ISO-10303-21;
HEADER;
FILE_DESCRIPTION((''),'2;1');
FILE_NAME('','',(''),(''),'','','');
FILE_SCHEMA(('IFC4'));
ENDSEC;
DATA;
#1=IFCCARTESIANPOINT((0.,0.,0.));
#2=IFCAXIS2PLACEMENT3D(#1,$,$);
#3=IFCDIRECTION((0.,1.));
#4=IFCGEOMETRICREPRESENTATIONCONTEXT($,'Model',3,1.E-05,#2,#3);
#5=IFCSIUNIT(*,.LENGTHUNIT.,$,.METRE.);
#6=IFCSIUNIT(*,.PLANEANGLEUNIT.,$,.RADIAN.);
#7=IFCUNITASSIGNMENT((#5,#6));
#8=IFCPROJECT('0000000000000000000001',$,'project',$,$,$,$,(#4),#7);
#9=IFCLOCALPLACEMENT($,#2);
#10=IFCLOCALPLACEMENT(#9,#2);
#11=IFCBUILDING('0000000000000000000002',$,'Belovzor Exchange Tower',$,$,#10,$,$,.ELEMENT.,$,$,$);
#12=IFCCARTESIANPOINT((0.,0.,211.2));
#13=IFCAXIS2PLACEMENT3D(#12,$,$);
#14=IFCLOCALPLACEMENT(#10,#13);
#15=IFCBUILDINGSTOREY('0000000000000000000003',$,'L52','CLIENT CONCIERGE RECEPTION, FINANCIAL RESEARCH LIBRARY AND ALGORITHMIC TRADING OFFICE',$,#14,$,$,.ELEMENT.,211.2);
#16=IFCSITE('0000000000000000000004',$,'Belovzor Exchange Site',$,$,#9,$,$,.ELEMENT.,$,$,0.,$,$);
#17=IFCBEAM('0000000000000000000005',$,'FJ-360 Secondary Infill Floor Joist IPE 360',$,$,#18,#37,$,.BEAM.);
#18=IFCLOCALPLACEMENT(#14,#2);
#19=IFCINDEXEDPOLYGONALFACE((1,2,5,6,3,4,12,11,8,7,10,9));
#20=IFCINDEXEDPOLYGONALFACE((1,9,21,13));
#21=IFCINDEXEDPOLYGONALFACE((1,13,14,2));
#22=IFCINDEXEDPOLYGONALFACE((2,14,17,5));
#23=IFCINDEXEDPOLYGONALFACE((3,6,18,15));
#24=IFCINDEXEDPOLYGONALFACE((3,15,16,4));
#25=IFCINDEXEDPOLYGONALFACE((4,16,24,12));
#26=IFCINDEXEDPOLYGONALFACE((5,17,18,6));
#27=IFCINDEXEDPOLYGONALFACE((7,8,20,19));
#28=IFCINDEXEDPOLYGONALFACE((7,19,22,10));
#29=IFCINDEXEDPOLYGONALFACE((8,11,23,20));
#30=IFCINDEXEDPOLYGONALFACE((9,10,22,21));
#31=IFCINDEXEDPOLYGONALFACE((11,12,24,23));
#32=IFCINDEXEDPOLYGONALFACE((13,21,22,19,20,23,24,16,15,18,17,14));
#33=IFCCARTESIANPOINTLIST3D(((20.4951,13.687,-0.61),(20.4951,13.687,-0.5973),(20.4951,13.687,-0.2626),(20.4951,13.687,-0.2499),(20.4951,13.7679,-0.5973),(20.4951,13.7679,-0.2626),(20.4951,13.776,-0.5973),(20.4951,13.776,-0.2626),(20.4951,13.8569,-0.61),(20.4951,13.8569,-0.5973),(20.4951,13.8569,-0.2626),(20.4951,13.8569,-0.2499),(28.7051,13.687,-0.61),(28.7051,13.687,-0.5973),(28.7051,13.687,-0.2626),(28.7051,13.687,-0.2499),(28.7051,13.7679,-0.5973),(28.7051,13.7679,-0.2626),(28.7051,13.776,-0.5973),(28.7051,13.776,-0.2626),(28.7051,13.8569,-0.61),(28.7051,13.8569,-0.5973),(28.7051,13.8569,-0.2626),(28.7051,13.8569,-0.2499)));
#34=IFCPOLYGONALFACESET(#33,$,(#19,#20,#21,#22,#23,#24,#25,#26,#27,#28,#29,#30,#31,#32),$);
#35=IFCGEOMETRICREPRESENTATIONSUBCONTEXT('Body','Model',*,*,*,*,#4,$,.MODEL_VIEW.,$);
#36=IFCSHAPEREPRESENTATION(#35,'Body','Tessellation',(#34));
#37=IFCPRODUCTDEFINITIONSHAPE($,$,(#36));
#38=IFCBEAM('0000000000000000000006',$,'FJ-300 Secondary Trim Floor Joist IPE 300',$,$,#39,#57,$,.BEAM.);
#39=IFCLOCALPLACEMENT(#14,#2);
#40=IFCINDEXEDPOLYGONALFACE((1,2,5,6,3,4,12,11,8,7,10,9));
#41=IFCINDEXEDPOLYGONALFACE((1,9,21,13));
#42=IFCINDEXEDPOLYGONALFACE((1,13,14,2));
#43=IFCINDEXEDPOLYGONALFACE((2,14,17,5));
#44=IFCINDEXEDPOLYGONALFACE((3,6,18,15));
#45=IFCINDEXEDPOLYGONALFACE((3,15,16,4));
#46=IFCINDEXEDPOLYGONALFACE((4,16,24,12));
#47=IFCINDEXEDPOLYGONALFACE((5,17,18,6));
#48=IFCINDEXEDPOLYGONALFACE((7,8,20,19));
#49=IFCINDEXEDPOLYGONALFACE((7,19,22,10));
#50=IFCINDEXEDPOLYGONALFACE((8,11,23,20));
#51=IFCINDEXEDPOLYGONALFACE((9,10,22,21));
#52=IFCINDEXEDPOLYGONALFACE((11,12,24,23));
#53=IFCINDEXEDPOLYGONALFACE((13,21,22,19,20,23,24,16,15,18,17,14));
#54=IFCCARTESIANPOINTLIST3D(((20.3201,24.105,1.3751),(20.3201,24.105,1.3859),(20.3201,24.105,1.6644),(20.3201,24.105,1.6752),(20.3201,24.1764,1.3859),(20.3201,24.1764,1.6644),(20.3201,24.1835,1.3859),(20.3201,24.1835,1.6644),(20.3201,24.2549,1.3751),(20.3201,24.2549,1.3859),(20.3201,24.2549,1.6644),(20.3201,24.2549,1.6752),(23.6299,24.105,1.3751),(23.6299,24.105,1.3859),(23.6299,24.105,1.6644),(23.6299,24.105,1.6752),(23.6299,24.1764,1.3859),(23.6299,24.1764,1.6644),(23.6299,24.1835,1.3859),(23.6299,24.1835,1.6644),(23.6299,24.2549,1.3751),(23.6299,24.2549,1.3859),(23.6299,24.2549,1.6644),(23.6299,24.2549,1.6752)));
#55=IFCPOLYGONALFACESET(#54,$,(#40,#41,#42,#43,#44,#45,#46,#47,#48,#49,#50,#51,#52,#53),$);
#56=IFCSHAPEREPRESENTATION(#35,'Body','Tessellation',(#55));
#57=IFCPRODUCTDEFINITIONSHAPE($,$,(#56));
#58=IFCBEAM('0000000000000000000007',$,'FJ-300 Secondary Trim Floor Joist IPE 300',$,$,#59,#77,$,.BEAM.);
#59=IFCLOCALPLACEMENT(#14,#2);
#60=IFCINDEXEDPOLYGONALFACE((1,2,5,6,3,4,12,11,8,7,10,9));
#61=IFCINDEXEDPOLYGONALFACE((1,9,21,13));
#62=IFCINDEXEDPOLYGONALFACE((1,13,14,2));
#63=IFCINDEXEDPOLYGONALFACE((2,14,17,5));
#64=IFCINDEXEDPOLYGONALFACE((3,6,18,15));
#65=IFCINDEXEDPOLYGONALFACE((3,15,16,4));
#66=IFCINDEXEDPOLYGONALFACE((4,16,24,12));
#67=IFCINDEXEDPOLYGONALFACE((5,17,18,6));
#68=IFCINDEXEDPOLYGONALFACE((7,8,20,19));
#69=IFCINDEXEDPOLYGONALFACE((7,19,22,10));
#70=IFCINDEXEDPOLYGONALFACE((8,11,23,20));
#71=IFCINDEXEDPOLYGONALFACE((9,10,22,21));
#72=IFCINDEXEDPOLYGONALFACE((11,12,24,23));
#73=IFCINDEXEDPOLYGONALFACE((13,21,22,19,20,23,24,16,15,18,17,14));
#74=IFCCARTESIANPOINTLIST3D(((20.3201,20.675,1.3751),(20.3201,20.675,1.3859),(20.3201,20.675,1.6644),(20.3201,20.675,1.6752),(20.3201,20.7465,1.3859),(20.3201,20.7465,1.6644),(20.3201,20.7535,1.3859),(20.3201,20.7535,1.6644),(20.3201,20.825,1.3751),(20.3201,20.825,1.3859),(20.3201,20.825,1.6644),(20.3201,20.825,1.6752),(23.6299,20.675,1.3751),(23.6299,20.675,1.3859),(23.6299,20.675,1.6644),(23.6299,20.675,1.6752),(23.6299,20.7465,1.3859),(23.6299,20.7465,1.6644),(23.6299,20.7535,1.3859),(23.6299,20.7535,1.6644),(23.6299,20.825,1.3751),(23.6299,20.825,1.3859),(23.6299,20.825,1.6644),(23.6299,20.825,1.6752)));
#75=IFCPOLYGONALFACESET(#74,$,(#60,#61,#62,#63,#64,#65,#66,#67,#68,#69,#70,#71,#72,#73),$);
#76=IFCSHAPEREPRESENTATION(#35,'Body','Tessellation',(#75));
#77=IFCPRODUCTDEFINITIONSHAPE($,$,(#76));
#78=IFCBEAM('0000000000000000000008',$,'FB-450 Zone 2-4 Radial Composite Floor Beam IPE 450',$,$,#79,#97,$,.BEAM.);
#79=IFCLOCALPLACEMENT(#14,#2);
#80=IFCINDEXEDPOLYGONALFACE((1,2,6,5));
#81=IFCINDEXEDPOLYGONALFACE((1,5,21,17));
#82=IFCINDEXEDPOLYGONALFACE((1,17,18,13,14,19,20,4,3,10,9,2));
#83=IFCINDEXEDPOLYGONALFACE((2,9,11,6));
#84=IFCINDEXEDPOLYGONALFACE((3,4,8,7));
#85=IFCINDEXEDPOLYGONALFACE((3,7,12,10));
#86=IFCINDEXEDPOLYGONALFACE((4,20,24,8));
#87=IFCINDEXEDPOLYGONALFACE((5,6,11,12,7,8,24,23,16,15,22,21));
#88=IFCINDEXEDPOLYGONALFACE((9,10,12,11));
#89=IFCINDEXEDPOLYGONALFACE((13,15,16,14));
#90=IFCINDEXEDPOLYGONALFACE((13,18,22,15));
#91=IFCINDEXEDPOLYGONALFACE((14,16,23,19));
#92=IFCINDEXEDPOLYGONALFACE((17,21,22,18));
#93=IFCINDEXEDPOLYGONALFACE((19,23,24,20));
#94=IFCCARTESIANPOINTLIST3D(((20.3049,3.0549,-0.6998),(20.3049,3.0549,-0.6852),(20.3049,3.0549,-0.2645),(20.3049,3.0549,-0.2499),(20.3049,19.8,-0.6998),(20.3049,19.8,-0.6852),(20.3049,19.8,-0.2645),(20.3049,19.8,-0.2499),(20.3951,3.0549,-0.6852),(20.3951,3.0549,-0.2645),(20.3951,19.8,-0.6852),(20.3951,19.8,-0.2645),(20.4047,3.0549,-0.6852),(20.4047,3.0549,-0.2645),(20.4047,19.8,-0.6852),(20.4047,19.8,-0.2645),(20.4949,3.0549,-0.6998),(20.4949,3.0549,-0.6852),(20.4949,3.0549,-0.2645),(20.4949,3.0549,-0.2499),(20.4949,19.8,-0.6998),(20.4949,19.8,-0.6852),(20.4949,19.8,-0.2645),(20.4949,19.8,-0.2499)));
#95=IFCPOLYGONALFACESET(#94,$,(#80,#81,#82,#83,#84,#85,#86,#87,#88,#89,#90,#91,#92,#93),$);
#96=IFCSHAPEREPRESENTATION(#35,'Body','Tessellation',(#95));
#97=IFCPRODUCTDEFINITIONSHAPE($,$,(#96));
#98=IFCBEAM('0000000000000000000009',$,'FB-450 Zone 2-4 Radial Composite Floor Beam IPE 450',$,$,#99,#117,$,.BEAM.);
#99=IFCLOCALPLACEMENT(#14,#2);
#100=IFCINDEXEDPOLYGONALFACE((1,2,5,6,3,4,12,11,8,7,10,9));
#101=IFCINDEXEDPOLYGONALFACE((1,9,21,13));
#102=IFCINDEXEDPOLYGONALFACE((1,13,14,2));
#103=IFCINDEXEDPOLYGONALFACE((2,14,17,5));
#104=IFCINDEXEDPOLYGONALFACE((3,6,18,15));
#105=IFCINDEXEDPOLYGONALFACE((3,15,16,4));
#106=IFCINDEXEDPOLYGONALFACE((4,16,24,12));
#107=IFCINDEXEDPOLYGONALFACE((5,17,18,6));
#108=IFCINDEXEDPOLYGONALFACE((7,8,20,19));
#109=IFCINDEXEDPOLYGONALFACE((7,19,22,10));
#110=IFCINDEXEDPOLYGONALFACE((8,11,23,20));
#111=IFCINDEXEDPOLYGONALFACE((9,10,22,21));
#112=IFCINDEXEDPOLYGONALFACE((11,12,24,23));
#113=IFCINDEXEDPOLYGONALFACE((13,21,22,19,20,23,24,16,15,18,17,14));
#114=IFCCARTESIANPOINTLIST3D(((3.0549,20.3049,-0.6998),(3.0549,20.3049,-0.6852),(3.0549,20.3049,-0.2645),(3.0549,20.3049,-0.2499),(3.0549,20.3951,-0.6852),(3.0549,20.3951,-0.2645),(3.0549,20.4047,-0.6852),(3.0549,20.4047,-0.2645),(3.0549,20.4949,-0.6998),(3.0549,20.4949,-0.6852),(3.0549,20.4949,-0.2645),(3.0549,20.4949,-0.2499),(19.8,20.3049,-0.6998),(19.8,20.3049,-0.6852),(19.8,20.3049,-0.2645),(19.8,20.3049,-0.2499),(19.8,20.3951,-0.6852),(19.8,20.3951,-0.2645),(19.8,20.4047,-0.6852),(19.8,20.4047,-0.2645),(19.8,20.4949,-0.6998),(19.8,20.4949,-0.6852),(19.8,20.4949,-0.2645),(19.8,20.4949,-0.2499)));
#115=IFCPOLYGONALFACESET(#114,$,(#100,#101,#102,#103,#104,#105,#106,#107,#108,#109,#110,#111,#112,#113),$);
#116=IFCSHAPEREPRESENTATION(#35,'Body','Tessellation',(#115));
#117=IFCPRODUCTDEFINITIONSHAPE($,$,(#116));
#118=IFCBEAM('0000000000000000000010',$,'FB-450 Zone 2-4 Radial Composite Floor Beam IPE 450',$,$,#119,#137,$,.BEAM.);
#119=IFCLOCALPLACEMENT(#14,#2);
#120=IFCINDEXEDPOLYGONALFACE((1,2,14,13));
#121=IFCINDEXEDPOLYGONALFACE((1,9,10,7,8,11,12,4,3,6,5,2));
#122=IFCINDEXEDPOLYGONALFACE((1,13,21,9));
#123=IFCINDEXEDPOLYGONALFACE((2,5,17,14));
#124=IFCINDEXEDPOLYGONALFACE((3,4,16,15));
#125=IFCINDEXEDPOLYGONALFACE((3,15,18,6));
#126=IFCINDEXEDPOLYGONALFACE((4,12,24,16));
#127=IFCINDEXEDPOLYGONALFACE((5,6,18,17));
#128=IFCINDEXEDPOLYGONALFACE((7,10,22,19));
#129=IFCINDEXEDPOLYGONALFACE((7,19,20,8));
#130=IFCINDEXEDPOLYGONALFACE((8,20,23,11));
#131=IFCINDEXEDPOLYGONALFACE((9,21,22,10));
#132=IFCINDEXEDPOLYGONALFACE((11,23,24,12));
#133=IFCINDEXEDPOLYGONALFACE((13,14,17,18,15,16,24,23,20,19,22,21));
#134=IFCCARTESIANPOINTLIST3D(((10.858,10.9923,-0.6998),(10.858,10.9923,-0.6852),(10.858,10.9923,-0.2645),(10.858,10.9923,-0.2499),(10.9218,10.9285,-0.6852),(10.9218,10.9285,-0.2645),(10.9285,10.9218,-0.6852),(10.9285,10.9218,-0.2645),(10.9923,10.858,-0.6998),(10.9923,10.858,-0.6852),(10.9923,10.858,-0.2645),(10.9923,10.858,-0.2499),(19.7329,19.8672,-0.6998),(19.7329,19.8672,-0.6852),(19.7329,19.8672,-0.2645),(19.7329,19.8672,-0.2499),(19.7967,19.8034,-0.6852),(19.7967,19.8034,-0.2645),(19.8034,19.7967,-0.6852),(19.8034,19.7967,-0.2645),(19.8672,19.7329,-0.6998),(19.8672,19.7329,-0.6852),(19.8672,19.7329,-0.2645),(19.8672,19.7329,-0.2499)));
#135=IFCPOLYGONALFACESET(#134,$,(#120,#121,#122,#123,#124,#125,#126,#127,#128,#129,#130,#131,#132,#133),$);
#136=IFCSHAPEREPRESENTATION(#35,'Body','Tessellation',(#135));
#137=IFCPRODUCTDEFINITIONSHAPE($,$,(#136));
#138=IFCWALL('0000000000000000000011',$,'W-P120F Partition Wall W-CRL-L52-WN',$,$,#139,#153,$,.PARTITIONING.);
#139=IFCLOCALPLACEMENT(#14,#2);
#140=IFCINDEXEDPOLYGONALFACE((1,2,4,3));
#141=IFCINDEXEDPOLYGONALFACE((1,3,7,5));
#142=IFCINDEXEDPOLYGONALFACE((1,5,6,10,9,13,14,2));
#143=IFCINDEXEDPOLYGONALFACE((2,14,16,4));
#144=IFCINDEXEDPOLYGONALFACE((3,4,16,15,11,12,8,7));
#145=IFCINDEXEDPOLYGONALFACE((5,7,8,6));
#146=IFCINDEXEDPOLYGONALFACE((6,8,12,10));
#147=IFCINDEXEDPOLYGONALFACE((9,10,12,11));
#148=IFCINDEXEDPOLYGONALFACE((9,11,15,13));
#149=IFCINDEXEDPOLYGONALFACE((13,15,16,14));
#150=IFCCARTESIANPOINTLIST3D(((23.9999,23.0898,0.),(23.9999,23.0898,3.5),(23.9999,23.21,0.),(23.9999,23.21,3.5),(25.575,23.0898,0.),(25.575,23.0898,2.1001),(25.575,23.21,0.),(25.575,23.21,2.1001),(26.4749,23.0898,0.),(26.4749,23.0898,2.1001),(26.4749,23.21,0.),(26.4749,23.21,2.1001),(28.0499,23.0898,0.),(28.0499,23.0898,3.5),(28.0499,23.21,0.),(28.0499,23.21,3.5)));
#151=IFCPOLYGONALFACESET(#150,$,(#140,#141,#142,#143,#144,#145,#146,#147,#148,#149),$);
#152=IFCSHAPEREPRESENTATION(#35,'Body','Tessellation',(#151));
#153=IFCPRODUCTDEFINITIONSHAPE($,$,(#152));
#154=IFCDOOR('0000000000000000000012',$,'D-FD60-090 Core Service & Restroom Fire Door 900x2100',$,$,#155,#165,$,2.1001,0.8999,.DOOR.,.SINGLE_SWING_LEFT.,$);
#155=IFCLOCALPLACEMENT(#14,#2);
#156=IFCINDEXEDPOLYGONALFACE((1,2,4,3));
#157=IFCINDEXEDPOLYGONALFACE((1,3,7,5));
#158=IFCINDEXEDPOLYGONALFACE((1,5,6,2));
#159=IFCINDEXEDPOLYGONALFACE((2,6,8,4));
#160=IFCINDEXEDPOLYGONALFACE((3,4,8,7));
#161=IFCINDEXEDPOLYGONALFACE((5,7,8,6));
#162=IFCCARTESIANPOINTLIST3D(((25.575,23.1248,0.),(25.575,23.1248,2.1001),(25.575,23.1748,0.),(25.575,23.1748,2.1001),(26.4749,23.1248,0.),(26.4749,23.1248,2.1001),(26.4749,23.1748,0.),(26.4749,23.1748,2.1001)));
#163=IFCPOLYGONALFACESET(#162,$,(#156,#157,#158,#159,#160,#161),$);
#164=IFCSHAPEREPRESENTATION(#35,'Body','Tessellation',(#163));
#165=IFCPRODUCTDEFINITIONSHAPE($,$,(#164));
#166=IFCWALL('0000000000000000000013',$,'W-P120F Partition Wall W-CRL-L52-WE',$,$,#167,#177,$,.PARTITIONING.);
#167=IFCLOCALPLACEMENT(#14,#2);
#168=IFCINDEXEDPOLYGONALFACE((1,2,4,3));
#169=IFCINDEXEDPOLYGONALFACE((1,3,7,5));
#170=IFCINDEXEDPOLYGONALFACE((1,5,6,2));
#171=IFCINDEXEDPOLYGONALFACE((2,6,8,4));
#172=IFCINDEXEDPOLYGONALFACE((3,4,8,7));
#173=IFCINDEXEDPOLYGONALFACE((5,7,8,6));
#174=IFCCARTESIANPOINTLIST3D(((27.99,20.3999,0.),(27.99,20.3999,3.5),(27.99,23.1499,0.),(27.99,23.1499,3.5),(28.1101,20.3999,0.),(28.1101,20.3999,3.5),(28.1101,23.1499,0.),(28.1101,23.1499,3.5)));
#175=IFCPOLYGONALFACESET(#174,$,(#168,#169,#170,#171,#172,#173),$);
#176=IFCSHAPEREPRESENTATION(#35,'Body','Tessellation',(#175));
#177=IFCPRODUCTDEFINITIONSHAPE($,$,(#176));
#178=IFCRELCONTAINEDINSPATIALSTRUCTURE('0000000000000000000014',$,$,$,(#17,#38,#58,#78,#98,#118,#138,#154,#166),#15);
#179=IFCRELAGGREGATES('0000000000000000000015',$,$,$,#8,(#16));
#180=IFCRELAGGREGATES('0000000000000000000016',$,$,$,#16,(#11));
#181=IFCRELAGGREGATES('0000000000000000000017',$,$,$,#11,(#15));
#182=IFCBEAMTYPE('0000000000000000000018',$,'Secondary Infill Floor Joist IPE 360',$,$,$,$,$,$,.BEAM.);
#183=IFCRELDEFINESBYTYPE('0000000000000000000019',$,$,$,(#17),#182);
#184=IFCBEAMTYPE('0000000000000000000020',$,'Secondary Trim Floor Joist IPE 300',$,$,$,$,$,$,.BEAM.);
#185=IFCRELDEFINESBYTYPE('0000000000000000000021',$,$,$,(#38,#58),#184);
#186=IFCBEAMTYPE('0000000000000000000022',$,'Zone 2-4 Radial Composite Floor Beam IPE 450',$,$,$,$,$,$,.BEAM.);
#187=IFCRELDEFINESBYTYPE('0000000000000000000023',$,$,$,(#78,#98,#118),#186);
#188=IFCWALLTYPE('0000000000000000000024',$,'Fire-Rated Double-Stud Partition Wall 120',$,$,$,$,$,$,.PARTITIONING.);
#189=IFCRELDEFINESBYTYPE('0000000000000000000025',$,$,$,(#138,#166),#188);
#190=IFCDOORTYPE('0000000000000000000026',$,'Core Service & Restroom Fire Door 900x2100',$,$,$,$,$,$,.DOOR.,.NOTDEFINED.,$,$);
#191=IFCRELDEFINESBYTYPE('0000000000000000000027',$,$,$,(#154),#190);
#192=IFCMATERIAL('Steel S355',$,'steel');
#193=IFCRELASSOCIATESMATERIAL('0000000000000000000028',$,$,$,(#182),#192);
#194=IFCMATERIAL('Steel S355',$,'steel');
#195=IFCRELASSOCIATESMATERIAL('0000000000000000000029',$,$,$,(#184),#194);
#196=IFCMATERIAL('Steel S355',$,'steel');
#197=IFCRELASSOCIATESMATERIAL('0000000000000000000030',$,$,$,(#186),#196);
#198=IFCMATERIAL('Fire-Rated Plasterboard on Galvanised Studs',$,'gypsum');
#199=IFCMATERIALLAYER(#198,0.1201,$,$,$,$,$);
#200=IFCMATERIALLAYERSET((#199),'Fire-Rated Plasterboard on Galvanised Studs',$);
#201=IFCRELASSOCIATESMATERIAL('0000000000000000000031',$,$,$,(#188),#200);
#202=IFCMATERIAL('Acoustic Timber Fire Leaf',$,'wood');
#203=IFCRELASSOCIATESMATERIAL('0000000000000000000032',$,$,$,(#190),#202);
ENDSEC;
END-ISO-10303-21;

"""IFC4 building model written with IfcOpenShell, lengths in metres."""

from ifc_helpers import new_model, si_unit, direction, frame, frame_2d, origin, origin_2d, place, context, subcontext, project, spatial, rectangle, i_section, extrude, material, layer, layer_set, material_profile, profile_set, type_object, element, fill, save


model = new_model("IFC4")

# Units and contexts
model_context = context("Model", 3, precision=1e-05, world=origin(), true_north=direction((0.0, 1.0)))
body_context = subcontext(model_context, "Body", "Model", "MODEL_VIEW")
ifc_project = project(units=[si_unit("LENGTHUNIT", "METRE"), si_unit("PLANEANGLEUNIT", "RADIAN")], contexts=[model_context])

# Site, building, storey
site_placement = place(None, origin())
site = spatial("IfcSite", under=ifc_project, at=site_placement, Name="Belovzor Exchange Site", CompositionType="ELEMENT", RefElevation=0.0)
building_placement = place(site_placement, origin())
building = spatial("IfcBuilding", under=site, at=building_placement, Name="Belovzor Exchange Tower", CompositionType="ELEMENT")
storey_placement = place(building_placement, frame((0.0, 0.0, 211.2)))
storey = spatial("IfcBuildingStorey", under=building, at=storey_placement, Name="L52", Description="CLIENT CONCIERGE RECEPTION, FINANCIAL RESEARCH LIBRARY AND ALGORITHMIC TRADING OFFICE", CompositionType="ELEMENT", Elevation=211.2)

# Beams
ifc_material_1 = material(Name="Steel S355", Category="steel")
ifc_material_profile_1 = material_profile(ifc_material_1, i_section(OverallWidth=0.1699, OverallDepth=0.3601, WebThickness=0.0081, FlangeThickness=0.0127, at=origin_2d()))
ifc_profile_set_1 = profile_set([ifc_material_profile_1], Name="Steel S355")
beam_type_1 = type_object("IfcBeamType", Name="Secondary Infill Floor Joist IPE 360", PredefinedType="BEAM", material=ifc_profile_set_1)
beam_1_placement = place(storey_placement, frame((20.4951, 13.772, -0.4299), z_axis=(1.0, 0.0, 0.0), x_axis=(0.0, 1.0, 0.0)))
element("IfcBeam", 1, at=beam_1_placement, inside=storey, type_object=beam_type_1, Name="FJ-360 Secondary Infill Floor Joist IPE 360", PredefinedType="BEAM", context=body_context, shape_type="SweptSolid", body=[
    extrude(i_section(OverallWidth=0.1699, OverallDepth=0.3601, WebThickness=0.0081, FlangeThickness=0.0127, at=origin_2d()), origin(), (0.0, 0.0, 1.0), 8.21),
])
ifc_material_2 = material(Name="Steel S355", Category="steel")
ifc_material_profile_2 = material_profile(ifc_material_2, i_section(OverallWidth=0.1499, OverallDepth=0.3, WebThickness=0.0071, FlangeThickness=0.0107, at=origin_2d()))
ifc_profile_set_2 = profile_set([ifc_material_profile_2], Name="Steel S355")
beam_type_2 = type_object("IfcBeamType", Name="Secondary Trim Floor Joist IPE 300", PredefinedType="BEAM", material=ifc_profile_set_2)
for number, where, z_axis, x_axis, name in (
    (2, (20.3201, 24.1799, 1.5251), (1.0, 0.0, 0.0), (0.0, 1.0, 0.0), "FJ-300 Secondary Trim Floor Joist IPE 300"),
    (3, (20.3201, 20.75, 1.5251), (1.0, 0.0, 0.0), (0.0, 1.0, 0.0), "FJ-300 Secondary Trim Floor Joist IPE 300"),
):
    element("IfcBeam", number, at=place(storey_placement, frame(where, z_axis=z_axis, x_axis=x_axis)), inside=storey, type_object=beam_type_2, Name=name, PredefinedType="BEAM", context=body_context, shape_type="SweptSolid", body=[
        extrude(i_section(OverallWidth=0.1499, OverallDepth=0.3, WebThickness=0.0071, FlangeThickness=0.0107, at=origin_2d()), origin(), (0.0, 0.0, 1.0), 3.3098),
    ])
ifc_material_3 = material(Name="Steel S355", Category="steel")
ifc_material_profile_3 = material_profile(ifc_material_3, i_section(OverallWidth=0.1899, OverallDepth=0.45, WebThickness=0.0095, FlangeThickness=0.0146, at=origin_2d()))
ifc_profile_set_3 = profile_set([ifc_material_profile_3], Name="Steel S355")
beam_type_3 = type_object("IfcBeamType", Name="Zone 2-4 Radial Composite Floor Beam IPE 450", PredefinedType="BEAM", material=ifc_profile_set_3)
for number, where, z_axis, x_axis, name in (
    (4, (20.3999, 19.8, -0.4749), (0.0, -1.0, 0.0), (1.0, 0.0, 0.0), "FB-450 Zone 2-4 Radial Composite Floor Beam IPE 450"),
    (5, (19.8, 20.3999, -0.4749), (-1.0, 0.0, 0.0), (0.0, -1.0, 0.0), "FB-450 Zone 2-4 Radial Composite Floor Beam IPE 450"),
):
    element("IfcBeam", number, at=place(storey_placement, frame(where, z_axis=z_axis, x_axis=x_axis)), inside=storey, type_object=beam_type_3, Name=name, PredefinedType="BEAM", context=body_context, shape_type="SweptSolid", body=[
        extrude(i_section(OverallWidth=0.1899, OverallDepth=0.45, WebThickness=0.0095, FlangeThickness=0.0146, at=origin_2d()), origin(), (0.0, 0.0, 1.0), 16.7451),
    ])
beam_2_placement = place(storey_placement, frame((19.8, 19.8, -0.4749), z_axis=(-0.707107, -0.707107, 0.0), x_axis=(0.707107, -0.707107, 0.0)))
element("IfcBeam", 6, at=beam_2_placement, inside=storey, type_object=beam_type_3, Name="FB-450 Zone 2-4 Radial Composite Floor Beam IPE 450", PredefinedType="BEAM", context=body_context, shape_type="SweptSolid", body=[
    extrude(i_section(OverallWidth=0.1899, OverallDepth=0.45, WebThickness=0.0095, FlangeThickness=0.0146, at=origin_2d()), origin(), (0.0, 0.0, 1.0), 12.551),
])

# Wall, opening, door
ifc_material_4 = material(Name="Fire-Rated Plasterboard on Galvanised Studs", Category="gypsum")
ifc_layer_1 = layer(ifc_material_4, 0.1201)
ifc_layer_set_1 = layer_set([ifc_layer_1], Name="Fire-Rated Plasterboard on Galvanised Studs")
wall_type_1 = type_object("IfcWallType", Name="Fire-Rated Double-Stud Partition Wall 120", PredefinedType="PARTITIONING", material=ifc_layer_set_1)
wall_1_placement = place(storey_placement, frame((24.0, 23.1499, 0.0), z_axis=(0.0, 0.0, 1.0), x_axis=(1.0, 0.0, 0.0)))
wall_1 = element("IfcWall", 7, at=wall_1_placement, inside=storey, type_object=wall_type_1, Name="W-P120F Partition Wall W-CRL-L52-WN", PredefinedType="PARTITIONING", context=body_context, shape_type="SweptSolid", body=[
    extrude(rectangle(XDim=4.05, YDim=0.1201, at=frame_2d((2.0249, 0.0))), origin(), (0.0, 0.0, 1.0), 3.5),
])
opening_1_placement = place(wall_1_placement, frame((1.575, 0.0, 0.0)))
opening_1 = element("IfcOpeningElement", 8, at=opening_1_placement, cuts=wall_1, PredefinedType="OPENING", context=body_context, shape_type="SweptSolid", body=[
    extrude(rectangle(XDim=0.8999, YDim=2.1001, at=frame_2d((0.45, 1.05))), frame((0.0, 0.0701, 0.0), z_axis=(0.0, -1.0, 0.0), x_axis=(1.0, 0.0, 0.0)), (0.0, 0.0, 1.0), 0.1401),
])
ifc_material_5 = material(Name="Acoustic Timber Fire Leaf", Category="wood")
door_type_1 = type_object("IfcDoorType", Name="Core Service & Restroom Fire Door 900x2100", OperationType="NOTDEFINED", PredefinedType="DOOR", material=ifc_material_5)
door_1_placement = place(opening_1_placement, origin())
door_1 = element("IfcDoor", 9, at=door_1_placement, inside=storey, type_object=door_type_1, Name="D-FD60-090 Core Service & Restroom Fire Door 900x2100", OperationType="SINGLE_SWING_LEFT", OverallHeight=2.1001, OverallWidth=0.8999, PredefinedType="DOOR", context=body_context, shape_type="SweptSolid", body=[
    extrude(rectangle(XDim=0.8999, YDim=2.1001, at=frame_2d((0.45, 1.05))), frame((0.0, 0.0249, 0.0), z_axis=(0.0, -1.0, 0.0), x_axis=(1.0, 0.0, 0.0)), (0.0, 0.0, 1.0), 0.05),
])
fill(opening_1, door_1)

# Wall
wall_2_placement = place(storey_placement, frame((28.05, 20.3999, 0.0), z_axis=(0.0, 0.0, 1.0), x_axis=(0.0, 1.0, 0.0)))
element("IfcWall", 10, at=wall_2_placement, inside=storey, type_object=wall_type_1, Name="W-P120F Partition Wall W-CRL-L52-WE", PredefinedType="PARTITIONING", context=body_context, shape_type="SweptSolid", body=[
    extrude(rectangle(XDim=2.75, YDim=0.1201, at=frame_2d((1.375, 0.0))), origin(), (0.0, 0.0, 1.0), 3.5),
])

save(model, "model.ifc")
